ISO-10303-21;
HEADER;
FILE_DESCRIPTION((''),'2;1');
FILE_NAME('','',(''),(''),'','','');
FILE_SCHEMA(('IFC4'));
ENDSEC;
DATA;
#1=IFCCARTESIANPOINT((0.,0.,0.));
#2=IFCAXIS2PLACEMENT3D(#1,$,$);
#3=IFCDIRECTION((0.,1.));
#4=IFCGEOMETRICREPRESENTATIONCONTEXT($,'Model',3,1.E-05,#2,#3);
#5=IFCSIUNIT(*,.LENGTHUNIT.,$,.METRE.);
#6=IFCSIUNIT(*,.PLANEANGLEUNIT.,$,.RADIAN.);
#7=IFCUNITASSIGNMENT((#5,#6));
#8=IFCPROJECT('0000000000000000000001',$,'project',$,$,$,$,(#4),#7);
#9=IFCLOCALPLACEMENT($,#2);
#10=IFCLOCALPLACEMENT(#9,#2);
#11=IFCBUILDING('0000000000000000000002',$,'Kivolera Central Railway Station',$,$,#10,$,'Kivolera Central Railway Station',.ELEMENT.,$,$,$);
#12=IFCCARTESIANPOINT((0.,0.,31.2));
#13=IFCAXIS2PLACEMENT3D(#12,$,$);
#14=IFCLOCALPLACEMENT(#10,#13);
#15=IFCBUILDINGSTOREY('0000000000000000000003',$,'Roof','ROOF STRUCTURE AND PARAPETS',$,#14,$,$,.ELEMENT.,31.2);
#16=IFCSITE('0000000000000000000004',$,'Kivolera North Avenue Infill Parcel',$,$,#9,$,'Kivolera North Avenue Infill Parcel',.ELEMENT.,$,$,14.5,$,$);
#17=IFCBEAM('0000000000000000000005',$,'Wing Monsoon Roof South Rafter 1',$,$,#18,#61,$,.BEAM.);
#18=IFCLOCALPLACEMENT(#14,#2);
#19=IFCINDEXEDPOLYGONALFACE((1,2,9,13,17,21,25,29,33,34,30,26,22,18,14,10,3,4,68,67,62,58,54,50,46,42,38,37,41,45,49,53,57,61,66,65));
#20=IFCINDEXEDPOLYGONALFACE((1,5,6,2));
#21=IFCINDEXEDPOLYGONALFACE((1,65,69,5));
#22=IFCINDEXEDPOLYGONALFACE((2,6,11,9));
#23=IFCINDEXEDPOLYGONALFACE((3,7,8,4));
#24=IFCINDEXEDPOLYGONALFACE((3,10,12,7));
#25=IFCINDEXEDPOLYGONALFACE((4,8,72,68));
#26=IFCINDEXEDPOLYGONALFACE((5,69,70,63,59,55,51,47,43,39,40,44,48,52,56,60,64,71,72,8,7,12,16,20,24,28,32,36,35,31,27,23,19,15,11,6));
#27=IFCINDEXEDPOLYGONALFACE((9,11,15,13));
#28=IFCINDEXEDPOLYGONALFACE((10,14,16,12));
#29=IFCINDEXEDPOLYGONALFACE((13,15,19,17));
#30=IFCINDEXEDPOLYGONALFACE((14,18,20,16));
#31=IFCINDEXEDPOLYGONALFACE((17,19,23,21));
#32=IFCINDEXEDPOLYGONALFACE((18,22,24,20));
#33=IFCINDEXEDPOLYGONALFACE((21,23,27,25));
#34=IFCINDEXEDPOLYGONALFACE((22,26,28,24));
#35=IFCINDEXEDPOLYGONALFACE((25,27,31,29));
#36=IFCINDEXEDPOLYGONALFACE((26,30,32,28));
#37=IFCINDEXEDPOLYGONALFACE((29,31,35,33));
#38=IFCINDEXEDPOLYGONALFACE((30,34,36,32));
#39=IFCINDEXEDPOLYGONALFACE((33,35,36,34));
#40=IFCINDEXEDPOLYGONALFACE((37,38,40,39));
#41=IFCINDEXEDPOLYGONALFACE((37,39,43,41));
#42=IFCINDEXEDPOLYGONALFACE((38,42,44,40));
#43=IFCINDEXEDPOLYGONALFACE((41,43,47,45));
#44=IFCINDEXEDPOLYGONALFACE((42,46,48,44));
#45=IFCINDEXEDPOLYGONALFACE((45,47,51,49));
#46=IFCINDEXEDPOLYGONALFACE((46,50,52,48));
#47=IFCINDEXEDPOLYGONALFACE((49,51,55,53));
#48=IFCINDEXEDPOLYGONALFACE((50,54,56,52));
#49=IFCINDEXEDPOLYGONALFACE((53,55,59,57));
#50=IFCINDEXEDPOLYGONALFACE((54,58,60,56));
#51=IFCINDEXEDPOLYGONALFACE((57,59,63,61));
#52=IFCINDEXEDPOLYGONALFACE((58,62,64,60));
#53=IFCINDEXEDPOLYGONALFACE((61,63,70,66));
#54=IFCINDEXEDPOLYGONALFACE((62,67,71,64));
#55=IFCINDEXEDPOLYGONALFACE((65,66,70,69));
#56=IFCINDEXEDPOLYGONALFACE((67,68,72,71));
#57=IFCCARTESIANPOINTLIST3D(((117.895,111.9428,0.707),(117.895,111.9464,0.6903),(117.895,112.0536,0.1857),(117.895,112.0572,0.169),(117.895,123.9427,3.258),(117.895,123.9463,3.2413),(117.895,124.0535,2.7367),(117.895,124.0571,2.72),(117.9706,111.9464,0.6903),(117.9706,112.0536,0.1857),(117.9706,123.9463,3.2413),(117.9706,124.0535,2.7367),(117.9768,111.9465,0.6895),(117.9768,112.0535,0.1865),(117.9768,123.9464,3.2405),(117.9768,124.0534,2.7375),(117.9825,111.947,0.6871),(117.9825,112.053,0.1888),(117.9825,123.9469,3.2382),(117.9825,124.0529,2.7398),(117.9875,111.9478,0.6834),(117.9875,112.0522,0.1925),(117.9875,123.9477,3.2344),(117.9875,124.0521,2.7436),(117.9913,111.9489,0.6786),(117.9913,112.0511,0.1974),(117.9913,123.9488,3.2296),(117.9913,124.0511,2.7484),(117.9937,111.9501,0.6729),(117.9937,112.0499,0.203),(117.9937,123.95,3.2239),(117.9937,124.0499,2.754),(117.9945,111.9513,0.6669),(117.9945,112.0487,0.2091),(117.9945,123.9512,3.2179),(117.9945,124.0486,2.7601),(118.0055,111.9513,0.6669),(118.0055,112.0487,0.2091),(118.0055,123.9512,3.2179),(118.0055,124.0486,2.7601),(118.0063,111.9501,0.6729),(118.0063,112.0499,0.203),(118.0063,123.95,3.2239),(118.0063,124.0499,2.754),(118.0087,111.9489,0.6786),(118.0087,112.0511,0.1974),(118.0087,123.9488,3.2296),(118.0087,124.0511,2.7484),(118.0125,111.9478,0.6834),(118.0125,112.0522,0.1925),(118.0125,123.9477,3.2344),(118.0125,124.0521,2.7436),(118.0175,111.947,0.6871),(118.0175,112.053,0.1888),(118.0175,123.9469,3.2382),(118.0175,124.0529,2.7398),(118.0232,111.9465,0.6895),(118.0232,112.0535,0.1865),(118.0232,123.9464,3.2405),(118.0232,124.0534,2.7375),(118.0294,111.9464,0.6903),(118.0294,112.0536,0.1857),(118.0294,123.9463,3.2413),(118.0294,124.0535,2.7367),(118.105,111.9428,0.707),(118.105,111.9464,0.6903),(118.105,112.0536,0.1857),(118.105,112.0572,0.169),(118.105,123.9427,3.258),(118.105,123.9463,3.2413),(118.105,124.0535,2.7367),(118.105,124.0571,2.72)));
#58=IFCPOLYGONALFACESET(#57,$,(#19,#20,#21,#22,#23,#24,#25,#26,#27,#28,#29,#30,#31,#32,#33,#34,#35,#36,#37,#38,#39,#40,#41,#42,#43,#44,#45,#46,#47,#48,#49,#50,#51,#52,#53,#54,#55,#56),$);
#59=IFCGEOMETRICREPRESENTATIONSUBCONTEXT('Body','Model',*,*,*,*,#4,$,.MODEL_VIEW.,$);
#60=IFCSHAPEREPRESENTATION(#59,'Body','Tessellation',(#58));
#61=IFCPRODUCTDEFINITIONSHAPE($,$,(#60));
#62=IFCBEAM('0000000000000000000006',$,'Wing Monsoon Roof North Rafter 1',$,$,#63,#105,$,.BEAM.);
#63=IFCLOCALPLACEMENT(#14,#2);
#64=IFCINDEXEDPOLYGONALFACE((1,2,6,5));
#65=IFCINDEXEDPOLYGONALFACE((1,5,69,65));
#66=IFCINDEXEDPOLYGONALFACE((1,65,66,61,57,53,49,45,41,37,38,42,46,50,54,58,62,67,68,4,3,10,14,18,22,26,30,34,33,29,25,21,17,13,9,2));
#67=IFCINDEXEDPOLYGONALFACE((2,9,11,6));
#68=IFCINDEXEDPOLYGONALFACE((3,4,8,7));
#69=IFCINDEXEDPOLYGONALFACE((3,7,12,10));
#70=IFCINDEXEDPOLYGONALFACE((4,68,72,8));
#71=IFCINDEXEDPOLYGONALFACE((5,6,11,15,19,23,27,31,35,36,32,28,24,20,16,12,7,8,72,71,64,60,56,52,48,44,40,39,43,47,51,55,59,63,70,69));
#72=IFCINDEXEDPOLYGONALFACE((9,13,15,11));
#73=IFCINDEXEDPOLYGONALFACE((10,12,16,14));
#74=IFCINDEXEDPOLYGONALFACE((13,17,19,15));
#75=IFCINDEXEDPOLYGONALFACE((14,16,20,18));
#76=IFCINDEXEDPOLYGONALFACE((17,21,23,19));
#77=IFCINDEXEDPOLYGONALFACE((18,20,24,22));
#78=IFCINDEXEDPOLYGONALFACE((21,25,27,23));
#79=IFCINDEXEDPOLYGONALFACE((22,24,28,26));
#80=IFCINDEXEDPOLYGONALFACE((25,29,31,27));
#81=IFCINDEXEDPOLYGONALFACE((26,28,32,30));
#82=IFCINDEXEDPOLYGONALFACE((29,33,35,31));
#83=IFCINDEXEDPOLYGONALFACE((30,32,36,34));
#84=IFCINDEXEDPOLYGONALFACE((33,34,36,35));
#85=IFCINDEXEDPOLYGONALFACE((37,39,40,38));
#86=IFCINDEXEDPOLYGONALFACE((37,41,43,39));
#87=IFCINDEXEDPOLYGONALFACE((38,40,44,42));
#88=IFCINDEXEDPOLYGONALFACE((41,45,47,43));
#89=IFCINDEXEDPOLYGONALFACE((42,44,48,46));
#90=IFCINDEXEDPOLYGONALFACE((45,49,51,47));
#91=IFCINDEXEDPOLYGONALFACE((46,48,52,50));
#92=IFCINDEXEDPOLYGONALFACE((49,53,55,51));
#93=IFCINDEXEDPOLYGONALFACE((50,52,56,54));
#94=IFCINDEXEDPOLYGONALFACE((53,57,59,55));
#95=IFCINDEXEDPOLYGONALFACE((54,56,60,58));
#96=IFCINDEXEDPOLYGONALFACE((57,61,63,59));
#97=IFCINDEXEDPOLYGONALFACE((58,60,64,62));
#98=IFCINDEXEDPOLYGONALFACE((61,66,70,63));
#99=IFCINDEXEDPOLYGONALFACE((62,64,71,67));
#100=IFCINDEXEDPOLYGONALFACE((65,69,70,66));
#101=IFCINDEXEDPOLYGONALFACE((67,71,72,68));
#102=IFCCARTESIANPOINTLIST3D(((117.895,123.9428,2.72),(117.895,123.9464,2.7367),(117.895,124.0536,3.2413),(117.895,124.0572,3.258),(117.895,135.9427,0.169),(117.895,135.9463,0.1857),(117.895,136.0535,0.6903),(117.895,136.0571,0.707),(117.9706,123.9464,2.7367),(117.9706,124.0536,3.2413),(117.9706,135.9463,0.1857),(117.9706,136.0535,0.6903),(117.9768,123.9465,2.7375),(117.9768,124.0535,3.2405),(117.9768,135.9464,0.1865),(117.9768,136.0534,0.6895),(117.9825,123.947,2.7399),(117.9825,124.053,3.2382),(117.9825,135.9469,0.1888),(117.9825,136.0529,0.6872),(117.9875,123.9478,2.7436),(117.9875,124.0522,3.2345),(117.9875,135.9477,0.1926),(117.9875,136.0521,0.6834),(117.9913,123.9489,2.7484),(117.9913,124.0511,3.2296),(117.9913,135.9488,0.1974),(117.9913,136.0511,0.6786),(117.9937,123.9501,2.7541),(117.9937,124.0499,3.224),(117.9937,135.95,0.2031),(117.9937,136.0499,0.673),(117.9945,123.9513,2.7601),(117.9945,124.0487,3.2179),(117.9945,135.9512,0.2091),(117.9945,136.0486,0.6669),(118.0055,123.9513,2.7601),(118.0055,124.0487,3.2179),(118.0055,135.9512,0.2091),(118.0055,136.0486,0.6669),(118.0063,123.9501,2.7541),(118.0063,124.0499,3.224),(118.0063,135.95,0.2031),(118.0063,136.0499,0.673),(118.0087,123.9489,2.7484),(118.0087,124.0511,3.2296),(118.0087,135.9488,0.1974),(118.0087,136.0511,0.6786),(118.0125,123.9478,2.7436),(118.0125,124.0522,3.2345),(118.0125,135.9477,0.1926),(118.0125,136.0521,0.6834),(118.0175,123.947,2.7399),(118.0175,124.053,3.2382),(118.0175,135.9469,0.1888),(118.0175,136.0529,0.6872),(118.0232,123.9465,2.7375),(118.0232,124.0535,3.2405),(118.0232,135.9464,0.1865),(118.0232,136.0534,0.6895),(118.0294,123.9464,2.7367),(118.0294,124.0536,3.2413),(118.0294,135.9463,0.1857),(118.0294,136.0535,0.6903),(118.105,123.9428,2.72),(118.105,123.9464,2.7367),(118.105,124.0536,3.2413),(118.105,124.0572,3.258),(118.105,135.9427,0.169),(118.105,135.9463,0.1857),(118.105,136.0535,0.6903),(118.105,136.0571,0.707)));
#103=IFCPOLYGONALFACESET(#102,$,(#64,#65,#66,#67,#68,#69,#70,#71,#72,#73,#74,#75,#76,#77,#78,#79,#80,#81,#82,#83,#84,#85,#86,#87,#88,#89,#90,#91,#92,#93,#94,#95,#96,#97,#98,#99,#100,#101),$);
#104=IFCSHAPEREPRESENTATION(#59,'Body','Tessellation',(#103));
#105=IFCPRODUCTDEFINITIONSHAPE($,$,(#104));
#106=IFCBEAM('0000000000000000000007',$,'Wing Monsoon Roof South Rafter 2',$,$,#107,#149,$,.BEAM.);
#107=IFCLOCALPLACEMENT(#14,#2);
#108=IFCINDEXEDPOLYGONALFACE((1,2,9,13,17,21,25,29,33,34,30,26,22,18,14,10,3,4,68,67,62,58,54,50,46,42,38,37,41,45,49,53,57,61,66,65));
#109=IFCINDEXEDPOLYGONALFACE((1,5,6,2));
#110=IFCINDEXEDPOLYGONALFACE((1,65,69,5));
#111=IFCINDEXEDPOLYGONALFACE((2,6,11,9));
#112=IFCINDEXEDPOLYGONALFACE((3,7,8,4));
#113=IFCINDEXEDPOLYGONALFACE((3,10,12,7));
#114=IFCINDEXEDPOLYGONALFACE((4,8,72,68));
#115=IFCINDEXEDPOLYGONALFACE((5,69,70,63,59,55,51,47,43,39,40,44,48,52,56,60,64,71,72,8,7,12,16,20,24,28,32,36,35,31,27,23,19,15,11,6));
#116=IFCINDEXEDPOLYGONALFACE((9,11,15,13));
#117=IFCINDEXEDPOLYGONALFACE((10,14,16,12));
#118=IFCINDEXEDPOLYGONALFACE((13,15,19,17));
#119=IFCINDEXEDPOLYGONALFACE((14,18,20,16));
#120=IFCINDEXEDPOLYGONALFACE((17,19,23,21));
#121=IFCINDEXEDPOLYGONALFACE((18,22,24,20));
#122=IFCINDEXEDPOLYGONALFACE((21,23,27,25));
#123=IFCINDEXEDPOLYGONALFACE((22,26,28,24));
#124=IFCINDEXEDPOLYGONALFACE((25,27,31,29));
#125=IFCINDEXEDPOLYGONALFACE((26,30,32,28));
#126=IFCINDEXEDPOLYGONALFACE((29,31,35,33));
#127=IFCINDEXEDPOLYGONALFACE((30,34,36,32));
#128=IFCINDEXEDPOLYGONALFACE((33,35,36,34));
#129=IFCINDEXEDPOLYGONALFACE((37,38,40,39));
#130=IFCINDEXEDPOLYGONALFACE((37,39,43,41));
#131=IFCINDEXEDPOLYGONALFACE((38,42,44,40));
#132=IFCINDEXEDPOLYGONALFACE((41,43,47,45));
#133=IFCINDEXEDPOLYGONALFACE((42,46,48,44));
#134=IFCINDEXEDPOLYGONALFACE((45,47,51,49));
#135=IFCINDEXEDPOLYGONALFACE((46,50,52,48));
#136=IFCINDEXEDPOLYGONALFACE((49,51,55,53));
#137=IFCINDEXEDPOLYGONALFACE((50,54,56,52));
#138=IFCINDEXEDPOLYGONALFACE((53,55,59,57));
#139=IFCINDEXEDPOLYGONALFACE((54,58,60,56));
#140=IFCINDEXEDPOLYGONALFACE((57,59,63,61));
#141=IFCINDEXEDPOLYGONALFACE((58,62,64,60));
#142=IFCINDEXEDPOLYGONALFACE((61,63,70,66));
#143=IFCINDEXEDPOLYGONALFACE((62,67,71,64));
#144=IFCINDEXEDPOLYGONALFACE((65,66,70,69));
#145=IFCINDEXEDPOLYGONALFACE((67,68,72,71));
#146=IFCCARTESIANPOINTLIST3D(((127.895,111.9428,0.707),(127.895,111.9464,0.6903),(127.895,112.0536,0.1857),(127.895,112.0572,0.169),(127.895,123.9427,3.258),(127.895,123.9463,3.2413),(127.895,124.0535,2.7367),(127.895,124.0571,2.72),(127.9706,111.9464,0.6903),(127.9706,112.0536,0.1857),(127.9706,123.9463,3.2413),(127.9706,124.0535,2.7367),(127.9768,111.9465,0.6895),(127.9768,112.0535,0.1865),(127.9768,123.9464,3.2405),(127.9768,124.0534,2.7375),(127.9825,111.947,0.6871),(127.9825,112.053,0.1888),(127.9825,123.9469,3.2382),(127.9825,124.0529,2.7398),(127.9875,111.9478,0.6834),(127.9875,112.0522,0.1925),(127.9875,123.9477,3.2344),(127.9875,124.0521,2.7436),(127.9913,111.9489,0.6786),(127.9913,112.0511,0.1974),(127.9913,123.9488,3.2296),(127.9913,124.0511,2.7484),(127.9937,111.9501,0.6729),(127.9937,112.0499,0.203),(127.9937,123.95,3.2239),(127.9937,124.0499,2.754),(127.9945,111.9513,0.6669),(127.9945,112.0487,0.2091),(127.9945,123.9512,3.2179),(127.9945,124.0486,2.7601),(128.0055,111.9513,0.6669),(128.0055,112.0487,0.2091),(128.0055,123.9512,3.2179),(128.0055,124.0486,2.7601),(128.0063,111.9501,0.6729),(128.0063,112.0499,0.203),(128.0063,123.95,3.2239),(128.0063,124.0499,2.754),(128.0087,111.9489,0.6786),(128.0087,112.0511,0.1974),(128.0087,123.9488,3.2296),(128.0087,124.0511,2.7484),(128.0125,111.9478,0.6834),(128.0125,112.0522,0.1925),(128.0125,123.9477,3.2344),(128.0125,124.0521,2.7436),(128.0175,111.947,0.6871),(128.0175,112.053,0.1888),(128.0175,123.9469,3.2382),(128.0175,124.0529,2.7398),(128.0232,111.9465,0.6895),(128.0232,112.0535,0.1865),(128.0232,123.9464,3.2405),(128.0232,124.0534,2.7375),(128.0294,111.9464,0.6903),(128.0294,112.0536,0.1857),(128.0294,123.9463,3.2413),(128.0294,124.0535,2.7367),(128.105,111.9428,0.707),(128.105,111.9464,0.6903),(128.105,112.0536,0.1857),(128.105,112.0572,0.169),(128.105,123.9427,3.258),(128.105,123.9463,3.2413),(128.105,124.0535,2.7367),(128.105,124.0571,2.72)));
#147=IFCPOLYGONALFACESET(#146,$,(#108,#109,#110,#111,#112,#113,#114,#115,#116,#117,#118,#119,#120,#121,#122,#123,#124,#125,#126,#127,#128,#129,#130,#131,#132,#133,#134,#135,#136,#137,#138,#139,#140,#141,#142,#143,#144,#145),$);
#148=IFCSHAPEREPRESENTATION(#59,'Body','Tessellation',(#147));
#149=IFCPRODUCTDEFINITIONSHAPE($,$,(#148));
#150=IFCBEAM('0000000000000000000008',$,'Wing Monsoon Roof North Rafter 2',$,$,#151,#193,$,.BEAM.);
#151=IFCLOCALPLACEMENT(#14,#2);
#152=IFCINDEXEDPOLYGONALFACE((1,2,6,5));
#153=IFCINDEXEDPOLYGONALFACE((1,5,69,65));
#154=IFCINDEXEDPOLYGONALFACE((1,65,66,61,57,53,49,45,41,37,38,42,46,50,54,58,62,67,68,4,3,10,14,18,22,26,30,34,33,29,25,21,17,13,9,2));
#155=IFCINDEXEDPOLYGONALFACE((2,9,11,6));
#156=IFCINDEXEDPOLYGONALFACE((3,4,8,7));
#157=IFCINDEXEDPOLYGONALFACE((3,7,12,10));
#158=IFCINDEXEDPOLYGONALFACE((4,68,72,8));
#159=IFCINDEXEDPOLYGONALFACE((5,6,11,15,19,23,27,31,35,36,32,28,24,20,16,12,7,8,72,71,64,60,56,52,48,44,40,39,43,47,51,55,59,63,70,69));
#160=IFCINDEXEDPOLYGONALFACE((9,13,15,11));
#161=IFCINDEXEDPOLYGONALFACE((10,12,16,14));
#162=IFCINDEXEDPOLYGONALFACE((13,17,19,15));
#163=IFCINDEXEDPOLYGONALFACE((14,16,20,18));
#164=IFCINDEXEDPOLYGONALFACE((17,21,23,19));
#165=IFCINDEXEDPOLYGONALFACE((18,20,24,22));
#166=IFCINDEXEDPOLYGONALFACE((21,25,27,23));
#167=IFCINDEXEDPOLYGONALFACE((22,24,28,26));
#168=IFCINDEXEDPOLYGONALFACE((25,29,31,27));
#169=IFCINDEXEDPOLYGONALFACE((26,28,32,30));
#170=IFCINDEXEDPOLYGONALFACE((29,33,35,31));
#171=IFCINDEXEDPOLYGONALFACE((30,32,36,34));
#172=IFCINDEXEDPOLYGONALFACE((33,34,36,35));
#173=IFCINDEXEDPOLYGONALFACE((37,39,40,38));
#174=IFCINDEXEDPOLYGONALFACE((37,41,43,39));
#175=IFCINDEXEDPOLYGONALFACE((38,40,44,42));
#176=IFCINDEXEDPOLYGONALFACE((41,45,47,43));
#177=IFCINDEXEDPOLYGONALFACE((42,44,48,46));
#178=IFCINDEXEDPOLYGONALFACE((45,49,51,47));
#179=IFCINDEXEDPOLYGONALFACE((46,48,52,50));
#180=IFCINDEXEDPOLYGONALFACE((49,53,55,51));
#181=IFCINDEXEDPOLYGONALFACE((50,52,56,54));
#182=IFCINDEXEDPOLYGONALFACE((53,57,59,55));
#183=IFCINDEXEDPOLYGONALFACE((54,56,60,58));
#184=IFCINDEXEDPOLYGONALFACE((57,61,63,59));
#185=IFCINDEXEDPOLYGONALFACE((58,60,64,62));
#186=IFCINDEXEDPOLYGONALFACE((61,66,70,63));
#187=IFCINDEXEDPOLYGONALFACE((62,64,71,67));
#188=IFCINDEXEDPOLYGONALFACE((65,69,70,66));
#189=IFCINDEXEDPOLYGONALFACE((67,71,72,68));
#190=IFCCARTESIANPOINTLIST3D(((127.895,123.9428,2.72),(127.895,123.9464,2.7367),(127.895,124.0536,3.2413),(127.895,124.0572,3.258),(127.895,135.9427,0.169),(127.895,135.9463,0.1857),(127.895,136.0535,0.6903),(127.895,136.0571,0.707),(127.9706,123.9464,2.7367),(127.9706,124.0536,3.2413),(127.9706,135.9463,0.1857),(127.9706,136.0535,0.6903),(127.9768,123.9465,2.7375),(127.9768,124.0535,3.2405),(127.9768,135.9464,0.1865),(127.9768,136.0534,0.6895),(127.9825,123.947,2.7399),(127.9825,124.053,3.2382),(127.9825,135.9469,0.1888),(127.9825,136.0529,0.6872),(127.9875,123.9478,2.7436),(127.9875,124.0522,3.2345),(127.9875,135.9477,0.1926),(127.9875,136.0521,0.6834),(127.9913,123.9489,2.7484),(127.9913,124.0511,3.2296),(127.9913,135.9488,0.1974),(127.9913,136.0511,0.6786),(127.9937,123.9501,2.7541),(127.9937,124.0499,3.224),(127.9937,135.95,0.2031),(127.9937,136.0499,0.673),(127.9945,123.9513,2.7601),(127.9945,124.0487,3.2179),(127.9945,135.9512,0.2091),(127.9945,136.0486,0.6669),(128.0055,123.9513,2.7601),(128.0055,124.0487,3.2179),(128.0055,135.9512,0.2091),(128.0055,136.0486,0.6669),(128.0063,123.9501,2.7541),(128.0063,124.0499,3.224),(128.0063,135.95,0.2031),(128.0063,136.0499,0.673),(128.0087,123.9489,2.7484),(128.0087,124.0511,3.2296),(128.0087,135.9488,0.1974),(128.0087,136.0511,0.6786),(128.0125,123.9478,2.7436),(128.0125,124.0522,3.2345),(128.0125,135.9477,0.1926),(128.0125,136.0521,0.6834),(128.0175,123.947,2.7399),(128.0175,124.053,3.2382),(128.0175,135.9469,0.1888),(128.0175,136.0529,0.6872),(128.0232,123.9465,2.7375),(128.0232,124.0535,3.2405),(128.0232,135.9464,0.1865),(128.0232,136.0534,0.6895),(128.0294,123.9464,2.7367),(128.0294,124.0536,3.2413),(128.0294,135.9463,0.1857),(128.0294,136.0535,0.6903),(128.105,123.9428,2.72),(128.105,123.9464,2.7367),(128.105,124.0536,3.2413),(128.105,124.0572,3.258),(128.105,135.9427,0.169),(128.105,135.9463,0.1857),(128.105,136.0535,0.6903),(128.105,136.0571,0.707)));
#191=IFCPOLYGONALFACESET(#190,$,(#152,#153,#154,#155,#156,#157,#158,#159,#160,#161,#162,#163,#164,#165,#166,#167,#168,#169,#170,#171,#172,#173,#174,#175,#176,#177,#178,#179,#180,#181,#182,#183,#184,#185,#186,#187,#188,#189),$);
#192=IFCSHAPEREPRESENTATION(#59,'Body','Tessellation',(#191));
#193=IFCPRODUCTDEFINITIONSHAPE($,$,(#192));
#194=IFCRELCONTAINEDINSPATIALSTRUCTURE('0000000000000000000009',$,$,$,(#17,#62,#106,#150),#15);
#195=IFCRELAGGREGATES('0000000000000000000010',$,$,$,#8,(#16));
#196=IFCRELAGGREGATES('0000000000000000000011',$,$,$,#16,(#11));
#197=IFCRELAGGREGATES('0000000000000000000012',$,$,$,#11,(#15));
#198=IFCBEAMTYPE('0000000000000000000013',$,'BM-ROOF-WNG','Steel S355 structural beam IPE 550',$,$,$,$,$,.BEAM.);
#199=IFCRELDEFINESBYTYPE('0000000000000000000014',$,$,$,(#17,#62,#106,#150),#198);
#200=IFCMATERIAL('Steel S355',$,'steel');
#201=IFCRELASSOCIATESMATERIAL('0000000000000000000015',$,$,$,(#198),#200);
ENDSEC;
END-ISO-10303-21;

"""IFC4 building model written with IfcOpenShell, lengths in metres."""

from ifc_helpers import new_model, si_unit, direction, frame, origin, origin_2d, place, context, subcontext, project, spatial, i_section, extrude, material, material_profile, profile_set, type_object, element, save


model = new_model("IFC4")

# Units and contexts
model_context = context("Model", 3, precision=1e-05, world=origin(), true_north=direction((0.0, 1.0)))
body_context = subcontext(model_context, "Body", "Model", "MODEL_VIEW")
ifc_project = project(units=[si_unit("LENGTHUNIT", "METRE"), si_unit("PLANEANGLEUNIT", "RADIAN")], contexts=[model_context])

# Site, building, storey
site_placement = place(None, origin())
site = spatial("IfcSite", under=ifc_project, at=site_placement, Name="Kivolera North Avenue Infill Parcel", LongName="Kivolera North Avenue Infill Parcel", CompositionType="ELEMENT", RefElevation=14.5)
building_placement = place(site_placement, origin())
building = spatial("IfcBuilding", under=site, at=building_placement, Name="Kivolera Central Railway Station", LongName="Kivolera Central Railway Station", CompositionType="ELEMENT")
storey_placement = place(building_placement, frame((0.0, 0.0, 31.2)))
storey = spatial("IfcBuildingStorey", under=building, at=storey_placement, Name="Roof", Description="ROOF STRUCTURE AND PARAPETS", CompositionType="ELEMENT", Elevation=31.2)

# Beams
ifc_material_1 = material(Name="Steel S355", Category="steel")
ifc_material_profile_1 = material_profile(ifc_material_1, i_section(OverallWidth=0.21, OverallDepth=0.55, WebThickness=0.011, FlangeThickness=0.0171, FilletRadius=0.0239, at=origin_2d()), Name="IPE 550")
ifc_profile_set_1 = profile_set([ifc_material_profile_1], Name="Steel S355")
beam_type_1 = type_object("IfcBeamType", Name="BM-ROOF-WNG", Description="Steel S355 structural beam IPE 550", PredefinedType="BEAM", material=ifc_profile_set_1)
for number, where, z_axis, x_axis, name in (
    (1, (118.0, 112.0, 0.438), (0.0, 0.978142, 0.207939), (-1.0, 0.0, 0.0), "Wing Monsoon Roof South Rafter 1"),
    (2, (118.0, 124.0, 2.989), (0.0, 0.978142, -0.207939), (-1.0, 0.0, 0.0), "Wing Monsoon Roof North Rafter 1"),
    (3, (128.0, 112.0, 0.438), (0.0, 0.978142, 0.207939), (-1.0, 0.0, 0.0), "Wing Monsoon Roof South Rafter 2"),
    (4, (128.0, 124.0, 2.989), (0.0, 0.978142, -0.207939), (-1.0, 0.0, 0.0), "Wing Monsoon Roof North Rafter 2"),
):
    element("IfcBeam", number, at=place(storey_placement, frame(where, z_axis=z_axis, x_axis=x_axis)), inside=storey, type_object=beam_type_1, Name=name, PredefinedType="BEAM", context=body_context, shape_type="SweptSolid", body=[
        extrude(i_section(OverallWidth=0.21, OverallDepth=0.55, WebThickness=0.011, FlangeThickness=0.0171, FilletRadius=0.0239, at=origin_2d()), origin(), (0.0, 0.0, 1.0), 12.2681),
    ])

save(model, "model.ifc")
